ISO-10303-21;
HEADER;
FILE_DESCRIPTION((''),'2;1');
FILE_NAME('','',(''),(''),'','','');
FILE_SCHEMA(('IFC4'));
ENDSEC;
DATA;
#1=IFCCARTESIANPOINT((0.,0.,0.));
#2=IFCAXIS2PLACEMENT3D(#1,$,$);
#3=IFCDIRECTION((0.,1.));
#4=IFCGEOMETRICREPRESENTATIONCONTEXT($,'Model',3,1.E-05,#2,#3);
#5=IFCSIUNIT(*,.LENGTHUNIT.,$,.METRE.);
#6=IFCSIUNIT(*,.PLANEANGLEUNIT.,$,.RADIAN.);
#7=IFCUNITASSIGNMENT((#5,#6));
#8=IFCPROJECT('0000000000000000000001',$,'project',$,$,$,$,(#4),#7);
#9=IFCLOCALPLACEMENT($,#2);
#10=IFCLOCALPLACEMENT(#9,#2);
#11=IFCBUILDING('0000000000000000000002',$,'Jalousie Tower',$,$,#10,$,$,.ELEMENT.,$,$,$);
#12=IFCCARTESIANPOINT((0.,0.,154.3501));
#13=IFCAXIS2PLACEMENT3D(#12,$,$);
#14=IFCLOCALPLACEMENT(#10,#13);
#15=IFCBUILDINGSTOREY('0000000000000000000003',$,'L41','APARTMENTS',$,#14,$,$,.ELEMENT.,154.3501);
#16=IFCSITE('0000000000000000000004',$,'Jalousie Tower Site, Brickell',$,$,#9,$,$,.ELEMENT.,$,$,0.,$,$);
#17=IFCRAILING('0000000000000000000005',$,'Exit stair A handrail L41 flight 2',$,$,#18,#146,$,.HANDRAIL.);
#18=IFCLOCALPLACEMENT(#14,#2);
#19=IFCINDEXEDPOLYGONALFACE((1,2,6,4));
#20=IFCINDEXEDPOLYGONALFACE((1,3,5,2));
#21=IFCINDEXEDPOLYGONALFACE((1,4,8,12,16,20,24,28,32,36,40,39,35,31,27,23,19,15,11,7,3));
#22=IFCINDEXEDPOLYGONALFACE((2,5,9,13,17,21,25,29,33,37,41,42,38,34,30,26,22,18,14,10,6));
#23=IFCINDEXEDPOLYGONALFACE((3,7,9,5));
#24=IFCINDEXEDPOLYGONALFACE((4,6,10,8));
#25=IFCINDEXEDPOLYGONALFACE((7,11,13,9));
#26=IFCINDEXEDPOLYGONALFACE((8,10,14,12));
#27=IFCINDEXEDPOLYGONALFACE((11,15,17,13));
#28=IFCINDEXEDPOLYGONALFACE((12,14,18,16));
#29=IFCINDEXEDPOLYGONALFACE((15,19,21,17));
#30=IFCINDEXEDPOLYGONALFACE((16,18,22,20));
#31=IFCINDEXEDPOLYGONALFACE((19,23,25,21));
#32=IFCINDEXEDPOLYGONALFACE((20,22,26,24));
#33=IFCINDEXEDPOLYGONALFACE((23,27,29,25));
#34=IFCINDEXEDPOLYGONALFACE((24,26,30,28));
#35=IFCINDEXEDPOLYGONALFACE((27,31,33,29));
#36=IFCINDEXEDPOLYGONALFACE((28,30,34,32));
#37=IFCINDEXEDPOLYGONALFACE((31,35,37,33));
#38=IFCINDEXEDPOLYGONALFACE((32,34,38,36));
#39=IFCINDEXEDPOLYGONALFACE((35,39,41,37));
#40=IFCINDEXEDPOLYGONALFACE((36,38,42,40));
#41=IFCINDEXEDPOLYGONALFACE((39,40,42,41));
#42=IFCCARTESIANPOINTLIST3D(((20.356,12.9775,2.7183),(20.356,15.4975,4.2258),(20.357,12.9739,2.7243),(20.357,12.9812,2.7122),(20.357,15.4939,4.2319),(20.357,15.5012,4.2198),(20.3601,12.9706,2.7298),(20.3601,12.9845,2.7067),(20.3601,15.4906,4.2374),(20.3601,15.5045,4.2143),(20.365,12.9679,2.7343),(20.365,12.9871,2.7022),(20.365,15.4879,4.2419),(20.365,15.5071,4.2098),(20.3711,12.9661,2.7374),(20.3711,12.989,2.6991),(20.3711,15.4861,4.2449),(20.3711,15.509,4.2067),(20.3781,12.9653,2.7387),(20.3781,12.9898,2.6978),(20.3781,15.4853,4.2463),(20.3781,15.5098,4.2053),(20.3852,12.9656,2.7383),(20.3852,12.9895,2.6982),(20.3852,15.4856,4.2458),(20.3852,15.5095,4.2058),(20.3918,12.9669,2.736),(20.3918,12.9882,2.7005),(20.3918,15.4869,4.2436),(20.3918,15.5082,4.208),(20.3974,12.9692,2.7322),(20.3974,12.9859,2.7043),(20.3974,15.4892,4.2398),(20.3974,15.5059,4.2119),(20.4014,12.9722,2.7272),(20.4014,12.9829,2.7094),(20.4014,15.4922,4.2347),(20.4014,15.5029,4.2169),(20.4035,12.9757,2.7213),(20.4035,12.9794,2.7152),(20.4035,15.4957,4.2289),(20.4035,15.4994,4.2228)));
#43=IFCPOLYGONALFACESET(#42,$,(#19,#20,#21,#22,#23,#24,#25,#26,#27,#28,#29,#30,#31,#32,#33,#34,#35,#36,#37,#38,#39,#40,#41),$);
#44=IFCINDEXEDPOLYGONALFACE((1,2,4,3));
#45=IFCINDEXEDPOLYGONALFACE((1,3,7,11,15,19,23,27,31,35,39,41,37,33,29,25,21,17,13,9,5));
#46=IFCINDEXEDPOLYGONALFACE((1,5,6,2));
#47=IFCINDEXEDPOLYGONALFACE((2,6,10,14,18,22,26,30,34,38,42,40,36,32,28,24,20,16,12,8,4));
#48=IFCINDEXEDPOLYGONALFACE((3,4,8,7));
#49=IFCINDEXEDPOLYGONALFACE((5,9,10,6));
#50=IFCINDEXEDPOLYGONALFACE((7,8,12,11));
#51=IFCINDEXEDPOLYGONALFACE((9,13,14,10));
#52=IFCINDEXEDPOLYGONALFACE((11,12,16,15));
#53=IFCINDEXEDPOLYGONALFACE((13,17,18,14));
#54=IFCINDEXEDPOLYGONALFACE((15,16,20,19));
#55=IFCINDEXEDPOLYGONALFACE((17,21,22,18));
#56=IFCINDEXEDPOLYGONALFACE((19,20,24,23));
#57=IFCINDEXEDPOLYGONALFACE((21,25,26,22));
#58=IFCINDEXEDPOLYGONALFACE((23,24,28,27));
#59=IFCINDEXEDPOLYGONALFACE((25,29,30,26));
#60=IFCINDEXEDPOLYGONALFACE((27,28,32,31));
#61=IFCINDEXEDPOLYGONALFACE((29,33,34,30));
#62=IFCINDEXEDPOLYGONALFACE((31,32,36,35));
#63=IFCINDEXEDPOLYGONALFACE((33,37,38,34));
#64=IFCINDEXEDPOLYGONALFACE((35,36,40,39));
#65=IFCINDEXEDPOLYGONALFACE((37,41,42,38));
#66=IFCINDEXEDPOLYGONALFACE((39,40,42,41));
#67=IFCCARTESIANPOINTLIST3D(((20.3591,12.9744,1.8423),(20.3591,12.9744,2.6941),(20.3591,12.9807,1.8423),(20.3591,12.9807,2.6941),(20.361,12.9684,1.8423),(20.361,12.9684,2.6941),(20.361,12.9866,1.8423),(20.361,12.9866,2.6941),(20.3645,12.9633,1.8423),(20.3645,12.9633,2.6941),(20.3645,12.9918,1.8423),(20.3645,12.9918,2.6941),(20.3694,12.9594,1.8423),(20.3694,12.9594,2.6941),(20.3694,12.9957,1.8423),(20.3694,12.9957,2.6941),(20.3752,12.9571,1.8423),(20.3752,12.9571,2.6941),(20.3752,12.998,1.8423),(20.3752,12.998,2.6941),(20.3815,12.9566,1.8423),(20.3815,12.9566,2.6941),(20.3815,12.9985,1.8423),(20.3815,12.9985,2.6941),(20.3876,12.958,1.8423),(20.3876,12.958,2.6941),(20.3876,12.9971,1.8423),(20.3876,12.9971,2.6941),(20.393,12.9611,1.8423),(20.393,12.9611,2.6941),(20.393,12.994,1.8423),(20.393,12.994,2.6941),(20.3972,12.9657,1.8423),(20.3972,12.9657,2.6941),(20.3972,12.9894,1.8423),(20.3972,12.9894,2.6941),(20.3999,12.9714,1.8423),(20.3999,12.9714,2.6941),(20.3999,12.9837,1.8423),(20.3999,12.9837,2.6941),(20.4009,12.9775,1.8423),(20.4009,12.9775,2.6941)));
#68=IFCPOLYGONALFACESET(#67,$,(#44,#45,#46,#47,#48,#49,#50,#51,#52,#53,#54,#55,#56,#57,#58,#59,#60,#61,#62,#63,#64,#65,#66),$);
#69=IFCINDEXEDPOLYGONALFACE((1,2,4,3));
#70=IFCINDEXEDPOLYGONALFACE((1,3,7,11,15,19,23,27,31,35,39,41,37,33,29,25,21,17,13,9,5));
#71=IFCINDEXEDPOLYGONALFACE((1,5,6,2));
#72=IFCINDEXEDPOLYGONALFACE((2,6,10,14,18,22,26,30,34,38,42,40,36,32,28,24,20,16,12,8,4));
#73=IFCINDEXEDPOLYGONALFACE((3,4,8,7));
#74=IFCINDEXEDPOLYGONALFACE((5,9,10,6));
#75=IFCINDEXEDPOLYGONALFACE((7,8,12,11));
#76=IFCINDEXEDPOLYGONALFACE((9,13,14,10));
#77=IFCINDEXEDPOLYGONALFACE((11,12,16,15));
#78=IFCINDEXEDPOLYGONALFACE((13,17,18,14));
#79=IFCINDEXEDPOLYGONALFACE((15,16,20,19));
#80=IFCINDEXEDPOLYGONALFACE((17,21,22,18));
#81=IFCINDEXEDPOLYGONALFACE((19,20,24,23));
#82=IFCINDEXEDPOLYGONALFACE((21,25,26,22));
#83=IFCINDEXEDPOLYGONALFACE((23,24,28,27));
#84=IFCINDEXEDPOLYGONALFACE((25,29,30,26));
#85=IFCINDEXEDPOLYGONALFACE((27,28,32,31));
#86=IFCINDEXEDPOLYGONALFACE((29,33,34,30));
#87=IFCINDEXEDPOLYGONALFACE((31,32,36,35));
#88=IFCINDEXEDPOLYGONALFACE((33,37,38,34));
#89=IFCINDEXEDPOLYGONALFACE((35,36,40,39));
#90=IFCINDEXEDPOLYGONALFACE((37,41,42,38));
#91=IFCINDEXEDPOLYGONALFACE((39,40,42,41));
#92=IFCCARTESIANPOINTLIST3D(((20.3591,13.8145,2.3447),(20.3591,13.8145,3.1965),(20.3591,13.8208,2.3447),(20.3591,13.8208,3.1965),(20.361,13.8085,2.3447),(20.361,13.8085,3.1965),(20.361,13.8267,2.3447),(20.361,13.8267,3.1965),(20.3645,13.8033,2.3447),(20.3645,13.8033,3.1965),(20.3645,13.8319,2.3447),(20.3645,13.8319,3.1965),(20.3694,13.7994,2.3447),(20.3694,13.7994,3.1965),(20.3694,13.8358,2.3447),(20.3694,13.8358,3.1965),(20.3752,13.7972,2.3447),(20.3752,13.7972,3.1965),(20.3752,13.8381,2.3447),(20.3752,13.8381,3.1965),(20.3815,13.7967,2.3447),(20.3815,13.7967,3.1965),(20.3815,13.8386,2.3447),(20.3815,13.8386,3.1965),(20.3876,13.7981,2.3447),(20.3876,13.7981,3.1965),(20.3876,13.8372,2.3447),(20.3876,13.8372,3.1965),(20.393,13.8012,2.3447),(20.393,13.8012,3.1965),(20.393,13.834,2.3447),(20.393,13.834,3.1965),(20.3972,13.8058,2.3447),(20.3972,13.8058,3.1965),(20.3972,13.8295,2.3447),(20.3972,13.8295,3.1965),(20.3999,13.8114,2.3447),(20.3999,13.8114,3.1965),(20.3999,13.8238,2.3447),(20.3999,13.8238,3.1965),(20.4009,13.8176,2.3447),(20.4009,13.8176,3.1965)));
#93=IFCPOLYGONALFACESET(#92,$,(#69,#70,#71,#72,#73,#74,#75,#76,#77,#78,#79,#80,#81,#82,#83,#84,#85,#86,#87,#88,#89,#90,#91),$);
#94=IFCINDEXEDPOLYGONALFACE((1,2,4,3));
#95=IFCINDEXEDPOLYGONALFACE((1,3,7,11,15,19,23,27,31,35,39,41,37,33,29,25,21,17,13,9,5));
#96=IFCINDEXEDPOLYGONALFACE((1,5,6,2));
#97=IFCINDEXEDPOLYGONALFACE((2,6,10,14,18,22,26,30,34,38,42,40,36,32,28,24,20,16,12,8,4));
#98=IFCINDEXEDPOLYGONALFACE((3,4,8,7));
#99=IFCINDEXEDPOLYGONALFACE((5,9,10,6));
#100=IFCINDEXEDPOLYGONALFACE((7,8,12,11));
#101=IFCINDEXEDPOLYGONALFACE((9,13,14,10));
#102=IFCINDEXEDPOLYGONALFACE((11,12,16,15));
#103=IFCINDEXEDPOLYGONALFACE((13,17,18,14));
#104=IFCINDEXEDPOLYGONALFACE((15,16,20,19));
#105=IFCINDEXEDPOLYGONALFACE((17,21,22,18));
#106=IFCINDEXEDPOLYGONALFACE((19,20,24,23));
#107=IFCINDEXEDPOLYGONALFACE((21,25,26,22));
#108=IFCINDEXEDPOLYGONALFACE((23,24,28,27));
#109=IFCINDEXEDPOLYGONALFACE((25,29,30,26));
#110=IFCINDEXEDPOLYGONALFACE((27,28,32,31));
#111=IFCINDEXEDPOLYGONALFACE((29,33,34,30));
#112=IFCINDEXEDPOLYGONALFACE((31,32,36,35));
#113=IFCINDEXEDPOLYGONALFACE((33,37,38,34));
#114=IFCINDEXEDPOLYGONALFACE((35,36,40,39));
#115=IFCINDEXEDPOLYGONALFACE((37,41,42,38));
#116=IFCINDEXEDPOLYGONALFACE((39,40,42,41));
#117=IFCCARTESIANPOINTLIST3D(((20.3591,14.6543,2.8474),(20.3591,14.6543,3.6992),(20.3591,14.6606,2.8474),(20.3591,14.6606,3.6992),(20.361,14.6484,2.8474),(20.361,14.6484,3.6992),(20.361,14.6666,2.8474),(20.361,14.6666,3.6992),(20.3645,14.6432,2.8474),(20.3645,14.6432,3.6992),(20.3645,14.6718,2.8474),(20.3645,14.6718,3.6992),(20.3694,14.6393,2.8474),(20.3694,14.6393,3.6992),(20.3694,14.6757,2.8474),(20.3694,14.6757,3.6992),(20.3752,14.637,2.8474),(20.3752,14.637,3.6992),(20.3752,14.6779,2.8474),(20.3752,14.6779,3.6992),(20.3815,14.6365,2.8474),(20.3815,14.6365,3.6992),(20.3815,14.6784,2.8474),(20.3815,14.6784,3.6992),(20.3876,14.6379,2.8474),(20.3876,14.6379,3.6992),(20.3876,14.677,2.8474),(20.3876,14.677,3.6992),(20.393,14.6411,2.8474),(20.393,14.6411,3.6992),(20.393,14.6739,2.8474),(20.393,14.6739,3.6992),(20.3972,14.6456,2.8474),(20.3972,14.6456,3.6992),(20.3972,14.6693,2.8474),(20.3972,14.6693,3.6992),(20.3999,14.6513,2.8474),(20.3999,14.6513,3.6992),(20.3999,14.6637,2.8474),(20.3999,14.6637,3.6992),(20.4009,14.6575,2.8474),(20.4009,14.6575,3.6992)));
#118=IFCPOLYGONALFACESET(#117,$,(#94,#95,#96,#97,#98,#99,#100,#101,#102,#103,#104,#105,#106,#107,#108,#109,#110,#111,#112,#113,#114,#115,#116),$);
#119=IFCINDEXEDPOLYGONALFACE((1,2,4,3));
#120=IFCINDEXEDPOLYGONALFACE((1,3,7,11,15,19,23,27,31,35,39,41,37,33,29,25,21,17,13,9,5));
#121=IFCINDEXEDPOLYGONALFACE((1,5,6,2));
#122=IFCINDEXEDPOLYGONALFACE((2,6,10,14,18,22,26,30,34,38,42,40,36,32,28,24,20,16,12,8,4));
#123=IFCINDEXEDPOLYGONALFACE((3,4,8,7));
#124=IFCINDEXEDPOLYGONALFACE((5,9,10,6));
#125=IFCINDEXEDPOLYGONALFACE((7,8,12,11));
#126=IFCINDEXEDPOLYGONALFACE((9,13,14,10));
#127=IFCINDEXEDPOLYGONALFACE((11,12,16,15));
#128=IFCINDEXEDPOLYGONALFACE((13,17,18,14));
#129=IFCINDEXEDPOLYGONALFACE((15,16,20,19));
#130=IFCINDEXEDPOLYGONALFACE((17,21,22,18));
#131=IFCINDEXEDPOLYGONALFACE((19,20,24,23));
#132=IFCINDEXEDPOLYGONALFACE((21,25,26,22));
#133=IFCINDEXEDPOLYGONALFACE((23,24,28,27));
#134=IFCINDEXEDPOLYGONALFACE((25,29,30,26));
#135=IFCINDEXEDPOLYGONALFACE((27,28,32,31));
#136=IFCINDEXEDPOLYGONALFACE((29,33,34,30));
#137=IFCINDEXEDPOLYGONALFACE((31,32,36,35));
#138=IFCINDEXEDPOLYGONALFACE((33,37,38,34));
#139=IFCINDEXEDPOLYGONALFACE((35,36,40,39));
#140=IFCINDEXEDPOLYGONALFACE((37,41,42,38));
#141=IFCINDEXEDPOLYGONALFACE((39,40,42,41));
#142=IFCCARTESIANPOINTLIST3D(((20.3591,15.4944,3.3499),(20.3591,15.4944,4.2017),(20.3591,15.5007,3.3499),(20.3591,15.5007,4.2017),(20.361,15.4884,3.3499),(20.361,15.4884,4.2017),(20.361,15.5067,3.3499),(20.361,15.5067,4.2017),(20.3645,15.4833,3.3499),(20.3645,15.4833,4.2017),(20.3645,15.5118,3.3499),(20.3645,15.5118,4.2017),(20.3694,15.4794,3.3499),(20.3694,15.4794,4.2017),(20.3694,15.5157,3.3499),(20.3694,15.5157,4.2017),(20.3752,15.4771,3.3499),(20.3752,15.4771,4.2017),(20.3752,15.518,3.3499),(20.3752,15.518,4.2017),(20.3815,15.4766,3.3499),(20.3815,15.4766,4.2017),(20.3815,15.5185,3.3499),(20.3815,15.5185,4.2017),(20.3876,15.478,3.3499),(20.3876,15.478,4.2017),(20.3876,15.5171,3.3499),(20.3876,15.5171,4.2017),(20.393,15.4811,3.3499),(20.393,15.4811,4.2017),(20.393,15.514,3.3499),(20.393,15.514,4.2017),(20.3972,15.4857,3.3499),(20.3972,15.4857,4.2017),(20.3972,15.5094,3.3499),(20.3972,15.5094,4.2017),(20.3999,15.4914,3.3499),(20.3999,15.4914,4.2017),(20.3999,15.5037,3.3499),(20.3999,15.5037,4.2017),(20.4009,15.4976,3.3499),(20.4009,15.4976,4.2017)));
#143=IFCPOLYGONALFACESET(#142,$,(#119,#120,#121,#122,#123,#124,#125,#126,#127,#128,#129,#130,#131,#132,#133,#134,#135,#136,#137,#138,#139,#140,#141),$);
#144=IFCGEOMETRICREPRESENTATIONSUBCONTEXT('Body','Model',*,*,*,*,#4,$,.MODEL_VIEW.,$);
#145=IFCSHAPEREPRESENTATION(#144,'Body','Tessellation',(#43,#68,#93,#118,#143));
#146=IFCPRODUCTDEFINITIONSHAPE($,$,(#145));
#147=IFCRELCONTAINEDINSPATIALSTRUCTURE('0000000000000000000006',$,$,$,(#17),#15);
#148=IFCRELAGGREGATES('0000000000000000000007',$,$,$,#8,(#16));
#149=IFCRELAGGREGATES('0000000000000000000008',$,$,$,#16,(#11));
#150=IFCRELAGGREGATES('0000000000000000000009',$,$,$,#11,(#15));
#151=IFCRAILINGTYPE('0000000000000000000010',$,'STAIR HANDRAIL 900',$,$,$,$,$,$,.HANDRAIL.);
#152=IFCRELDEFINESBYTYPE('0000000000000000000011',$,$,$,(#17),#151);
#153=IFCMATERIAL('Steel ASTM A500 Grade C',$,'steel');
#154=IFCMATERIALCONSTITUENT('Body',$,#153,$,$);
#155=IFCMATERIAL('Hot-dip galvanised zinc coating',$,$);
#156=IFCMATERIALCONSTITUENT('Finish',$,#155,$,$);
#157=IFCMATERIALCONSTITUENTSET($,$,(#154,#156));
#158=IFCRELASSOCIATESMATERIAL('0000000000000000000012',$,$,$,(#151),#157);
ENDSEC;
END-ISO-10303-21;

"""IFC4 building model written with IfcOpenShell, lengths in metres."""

from ifc_helpers import new_model, si_unit, direction, frame, origin, origin_2d, place, context, subcontext, project, spatial, circle, extrude, material, constituent, constituent_set, type_object, element, save


model = new_model("IFC4")

# Units and contexts
model_context = context("Model", 3, precision=1e-05, world=origin(), true_north=direction((0.0, 1.0)))
body_context = subcontext(model_context, "Body", "Model", "MODEL_VIEW")
ifc_project = project(units=[si_unit("LENGTHUNIT", "METRE"), si_unit("PLANEANGLEUNIT", "RADIAN")], contexts=[model_context])

# Site, building, storey
site_placement = place(None, origin())
site = spatial("IfcSite", under=ifc_project, at=site_placement, Name="Jalousie Tower Site, Brickell", CompositionType="ELEMENT", RefElevation=0.0)
building_placement = place(site_placement, origin())
building = spatial("IfcBuilding", under=site, at=building_placement, Name="Jalousie Tower", CompositionType="ELEMENT")
storey_placement = place(building_placement, frame((0.0, 0.0, 154.3501)))
storey = spatial("IfcBuildingStorey", under=building, at=storey_placement, Name="L41", Description="APARTMENTS", CompositionType="ELEMENT", Elevation=154.3501)

# Railing
ifc_material_1 = material(Name="Steel ASTM A500 Grade C", Category="steel")
ifc_constituent_1 = constituent(ifc_material_1, Name="Body")
ifc_material_2 = material(Name="Hot-dip galvanised zinc coating")
ifc_constituent_2 = constituent(ifc_material_2, Name="Finish")
ifc_constituent_set_1 = constituent_set(constituents=[ifc_constituent_1, ifc_constituent_2])
railing_type_1 = type_object("IfcRailingType", Name="STAIR HANDRAIL 900", PredefinedType="HANDRAIL", material=ifc_constituent_set_1)
railing_1_placement = place(storey_placement, frame((20.3799, 12.9775, 1.8423)))
element("IfcRailing", 1, at=railing_1_placement, inside=storey, type_object=railing_type_1, Name="Exit stair A handrail L41 flight 2", PredefinedType="HANDRAIL", context=body_context, shape_type="SweptSolid", body=[
    extrude(circle(Radius=0.0239, at=origin_2d()), frame((0.0, 0.0, 0.876), z_axis=(0.0, 0.85816, 0.513383), x_axis=(-1.0, 0.0, 0.0)), (0.0, 0.0, 1.0), 2.9365),
    extrude(circle(Radius=0.021, at=origin_2d()), origin(), (0.0, 0.0, 1.0), 0.8518),
    extrude(circle(Radius=0.021, at=origin_2d()), frame((0.0, 0.8401, 0.5024)), (0.0, 0.0, 1.0), 0.8518),
    extrude(circle(Radius=0.021, at=origin_2d()), frame((0.0, 1.6799, 1.0051)), (0.0, 0.0, 1.0), 0.8518),
    extrude(circle(Radius=0.021, at=origin_2d()), frame((0.0, 2.52, 1.5076)), (0.0, 0.0, 1.0), 0.8518),
])

save(model, "model.ifc")
